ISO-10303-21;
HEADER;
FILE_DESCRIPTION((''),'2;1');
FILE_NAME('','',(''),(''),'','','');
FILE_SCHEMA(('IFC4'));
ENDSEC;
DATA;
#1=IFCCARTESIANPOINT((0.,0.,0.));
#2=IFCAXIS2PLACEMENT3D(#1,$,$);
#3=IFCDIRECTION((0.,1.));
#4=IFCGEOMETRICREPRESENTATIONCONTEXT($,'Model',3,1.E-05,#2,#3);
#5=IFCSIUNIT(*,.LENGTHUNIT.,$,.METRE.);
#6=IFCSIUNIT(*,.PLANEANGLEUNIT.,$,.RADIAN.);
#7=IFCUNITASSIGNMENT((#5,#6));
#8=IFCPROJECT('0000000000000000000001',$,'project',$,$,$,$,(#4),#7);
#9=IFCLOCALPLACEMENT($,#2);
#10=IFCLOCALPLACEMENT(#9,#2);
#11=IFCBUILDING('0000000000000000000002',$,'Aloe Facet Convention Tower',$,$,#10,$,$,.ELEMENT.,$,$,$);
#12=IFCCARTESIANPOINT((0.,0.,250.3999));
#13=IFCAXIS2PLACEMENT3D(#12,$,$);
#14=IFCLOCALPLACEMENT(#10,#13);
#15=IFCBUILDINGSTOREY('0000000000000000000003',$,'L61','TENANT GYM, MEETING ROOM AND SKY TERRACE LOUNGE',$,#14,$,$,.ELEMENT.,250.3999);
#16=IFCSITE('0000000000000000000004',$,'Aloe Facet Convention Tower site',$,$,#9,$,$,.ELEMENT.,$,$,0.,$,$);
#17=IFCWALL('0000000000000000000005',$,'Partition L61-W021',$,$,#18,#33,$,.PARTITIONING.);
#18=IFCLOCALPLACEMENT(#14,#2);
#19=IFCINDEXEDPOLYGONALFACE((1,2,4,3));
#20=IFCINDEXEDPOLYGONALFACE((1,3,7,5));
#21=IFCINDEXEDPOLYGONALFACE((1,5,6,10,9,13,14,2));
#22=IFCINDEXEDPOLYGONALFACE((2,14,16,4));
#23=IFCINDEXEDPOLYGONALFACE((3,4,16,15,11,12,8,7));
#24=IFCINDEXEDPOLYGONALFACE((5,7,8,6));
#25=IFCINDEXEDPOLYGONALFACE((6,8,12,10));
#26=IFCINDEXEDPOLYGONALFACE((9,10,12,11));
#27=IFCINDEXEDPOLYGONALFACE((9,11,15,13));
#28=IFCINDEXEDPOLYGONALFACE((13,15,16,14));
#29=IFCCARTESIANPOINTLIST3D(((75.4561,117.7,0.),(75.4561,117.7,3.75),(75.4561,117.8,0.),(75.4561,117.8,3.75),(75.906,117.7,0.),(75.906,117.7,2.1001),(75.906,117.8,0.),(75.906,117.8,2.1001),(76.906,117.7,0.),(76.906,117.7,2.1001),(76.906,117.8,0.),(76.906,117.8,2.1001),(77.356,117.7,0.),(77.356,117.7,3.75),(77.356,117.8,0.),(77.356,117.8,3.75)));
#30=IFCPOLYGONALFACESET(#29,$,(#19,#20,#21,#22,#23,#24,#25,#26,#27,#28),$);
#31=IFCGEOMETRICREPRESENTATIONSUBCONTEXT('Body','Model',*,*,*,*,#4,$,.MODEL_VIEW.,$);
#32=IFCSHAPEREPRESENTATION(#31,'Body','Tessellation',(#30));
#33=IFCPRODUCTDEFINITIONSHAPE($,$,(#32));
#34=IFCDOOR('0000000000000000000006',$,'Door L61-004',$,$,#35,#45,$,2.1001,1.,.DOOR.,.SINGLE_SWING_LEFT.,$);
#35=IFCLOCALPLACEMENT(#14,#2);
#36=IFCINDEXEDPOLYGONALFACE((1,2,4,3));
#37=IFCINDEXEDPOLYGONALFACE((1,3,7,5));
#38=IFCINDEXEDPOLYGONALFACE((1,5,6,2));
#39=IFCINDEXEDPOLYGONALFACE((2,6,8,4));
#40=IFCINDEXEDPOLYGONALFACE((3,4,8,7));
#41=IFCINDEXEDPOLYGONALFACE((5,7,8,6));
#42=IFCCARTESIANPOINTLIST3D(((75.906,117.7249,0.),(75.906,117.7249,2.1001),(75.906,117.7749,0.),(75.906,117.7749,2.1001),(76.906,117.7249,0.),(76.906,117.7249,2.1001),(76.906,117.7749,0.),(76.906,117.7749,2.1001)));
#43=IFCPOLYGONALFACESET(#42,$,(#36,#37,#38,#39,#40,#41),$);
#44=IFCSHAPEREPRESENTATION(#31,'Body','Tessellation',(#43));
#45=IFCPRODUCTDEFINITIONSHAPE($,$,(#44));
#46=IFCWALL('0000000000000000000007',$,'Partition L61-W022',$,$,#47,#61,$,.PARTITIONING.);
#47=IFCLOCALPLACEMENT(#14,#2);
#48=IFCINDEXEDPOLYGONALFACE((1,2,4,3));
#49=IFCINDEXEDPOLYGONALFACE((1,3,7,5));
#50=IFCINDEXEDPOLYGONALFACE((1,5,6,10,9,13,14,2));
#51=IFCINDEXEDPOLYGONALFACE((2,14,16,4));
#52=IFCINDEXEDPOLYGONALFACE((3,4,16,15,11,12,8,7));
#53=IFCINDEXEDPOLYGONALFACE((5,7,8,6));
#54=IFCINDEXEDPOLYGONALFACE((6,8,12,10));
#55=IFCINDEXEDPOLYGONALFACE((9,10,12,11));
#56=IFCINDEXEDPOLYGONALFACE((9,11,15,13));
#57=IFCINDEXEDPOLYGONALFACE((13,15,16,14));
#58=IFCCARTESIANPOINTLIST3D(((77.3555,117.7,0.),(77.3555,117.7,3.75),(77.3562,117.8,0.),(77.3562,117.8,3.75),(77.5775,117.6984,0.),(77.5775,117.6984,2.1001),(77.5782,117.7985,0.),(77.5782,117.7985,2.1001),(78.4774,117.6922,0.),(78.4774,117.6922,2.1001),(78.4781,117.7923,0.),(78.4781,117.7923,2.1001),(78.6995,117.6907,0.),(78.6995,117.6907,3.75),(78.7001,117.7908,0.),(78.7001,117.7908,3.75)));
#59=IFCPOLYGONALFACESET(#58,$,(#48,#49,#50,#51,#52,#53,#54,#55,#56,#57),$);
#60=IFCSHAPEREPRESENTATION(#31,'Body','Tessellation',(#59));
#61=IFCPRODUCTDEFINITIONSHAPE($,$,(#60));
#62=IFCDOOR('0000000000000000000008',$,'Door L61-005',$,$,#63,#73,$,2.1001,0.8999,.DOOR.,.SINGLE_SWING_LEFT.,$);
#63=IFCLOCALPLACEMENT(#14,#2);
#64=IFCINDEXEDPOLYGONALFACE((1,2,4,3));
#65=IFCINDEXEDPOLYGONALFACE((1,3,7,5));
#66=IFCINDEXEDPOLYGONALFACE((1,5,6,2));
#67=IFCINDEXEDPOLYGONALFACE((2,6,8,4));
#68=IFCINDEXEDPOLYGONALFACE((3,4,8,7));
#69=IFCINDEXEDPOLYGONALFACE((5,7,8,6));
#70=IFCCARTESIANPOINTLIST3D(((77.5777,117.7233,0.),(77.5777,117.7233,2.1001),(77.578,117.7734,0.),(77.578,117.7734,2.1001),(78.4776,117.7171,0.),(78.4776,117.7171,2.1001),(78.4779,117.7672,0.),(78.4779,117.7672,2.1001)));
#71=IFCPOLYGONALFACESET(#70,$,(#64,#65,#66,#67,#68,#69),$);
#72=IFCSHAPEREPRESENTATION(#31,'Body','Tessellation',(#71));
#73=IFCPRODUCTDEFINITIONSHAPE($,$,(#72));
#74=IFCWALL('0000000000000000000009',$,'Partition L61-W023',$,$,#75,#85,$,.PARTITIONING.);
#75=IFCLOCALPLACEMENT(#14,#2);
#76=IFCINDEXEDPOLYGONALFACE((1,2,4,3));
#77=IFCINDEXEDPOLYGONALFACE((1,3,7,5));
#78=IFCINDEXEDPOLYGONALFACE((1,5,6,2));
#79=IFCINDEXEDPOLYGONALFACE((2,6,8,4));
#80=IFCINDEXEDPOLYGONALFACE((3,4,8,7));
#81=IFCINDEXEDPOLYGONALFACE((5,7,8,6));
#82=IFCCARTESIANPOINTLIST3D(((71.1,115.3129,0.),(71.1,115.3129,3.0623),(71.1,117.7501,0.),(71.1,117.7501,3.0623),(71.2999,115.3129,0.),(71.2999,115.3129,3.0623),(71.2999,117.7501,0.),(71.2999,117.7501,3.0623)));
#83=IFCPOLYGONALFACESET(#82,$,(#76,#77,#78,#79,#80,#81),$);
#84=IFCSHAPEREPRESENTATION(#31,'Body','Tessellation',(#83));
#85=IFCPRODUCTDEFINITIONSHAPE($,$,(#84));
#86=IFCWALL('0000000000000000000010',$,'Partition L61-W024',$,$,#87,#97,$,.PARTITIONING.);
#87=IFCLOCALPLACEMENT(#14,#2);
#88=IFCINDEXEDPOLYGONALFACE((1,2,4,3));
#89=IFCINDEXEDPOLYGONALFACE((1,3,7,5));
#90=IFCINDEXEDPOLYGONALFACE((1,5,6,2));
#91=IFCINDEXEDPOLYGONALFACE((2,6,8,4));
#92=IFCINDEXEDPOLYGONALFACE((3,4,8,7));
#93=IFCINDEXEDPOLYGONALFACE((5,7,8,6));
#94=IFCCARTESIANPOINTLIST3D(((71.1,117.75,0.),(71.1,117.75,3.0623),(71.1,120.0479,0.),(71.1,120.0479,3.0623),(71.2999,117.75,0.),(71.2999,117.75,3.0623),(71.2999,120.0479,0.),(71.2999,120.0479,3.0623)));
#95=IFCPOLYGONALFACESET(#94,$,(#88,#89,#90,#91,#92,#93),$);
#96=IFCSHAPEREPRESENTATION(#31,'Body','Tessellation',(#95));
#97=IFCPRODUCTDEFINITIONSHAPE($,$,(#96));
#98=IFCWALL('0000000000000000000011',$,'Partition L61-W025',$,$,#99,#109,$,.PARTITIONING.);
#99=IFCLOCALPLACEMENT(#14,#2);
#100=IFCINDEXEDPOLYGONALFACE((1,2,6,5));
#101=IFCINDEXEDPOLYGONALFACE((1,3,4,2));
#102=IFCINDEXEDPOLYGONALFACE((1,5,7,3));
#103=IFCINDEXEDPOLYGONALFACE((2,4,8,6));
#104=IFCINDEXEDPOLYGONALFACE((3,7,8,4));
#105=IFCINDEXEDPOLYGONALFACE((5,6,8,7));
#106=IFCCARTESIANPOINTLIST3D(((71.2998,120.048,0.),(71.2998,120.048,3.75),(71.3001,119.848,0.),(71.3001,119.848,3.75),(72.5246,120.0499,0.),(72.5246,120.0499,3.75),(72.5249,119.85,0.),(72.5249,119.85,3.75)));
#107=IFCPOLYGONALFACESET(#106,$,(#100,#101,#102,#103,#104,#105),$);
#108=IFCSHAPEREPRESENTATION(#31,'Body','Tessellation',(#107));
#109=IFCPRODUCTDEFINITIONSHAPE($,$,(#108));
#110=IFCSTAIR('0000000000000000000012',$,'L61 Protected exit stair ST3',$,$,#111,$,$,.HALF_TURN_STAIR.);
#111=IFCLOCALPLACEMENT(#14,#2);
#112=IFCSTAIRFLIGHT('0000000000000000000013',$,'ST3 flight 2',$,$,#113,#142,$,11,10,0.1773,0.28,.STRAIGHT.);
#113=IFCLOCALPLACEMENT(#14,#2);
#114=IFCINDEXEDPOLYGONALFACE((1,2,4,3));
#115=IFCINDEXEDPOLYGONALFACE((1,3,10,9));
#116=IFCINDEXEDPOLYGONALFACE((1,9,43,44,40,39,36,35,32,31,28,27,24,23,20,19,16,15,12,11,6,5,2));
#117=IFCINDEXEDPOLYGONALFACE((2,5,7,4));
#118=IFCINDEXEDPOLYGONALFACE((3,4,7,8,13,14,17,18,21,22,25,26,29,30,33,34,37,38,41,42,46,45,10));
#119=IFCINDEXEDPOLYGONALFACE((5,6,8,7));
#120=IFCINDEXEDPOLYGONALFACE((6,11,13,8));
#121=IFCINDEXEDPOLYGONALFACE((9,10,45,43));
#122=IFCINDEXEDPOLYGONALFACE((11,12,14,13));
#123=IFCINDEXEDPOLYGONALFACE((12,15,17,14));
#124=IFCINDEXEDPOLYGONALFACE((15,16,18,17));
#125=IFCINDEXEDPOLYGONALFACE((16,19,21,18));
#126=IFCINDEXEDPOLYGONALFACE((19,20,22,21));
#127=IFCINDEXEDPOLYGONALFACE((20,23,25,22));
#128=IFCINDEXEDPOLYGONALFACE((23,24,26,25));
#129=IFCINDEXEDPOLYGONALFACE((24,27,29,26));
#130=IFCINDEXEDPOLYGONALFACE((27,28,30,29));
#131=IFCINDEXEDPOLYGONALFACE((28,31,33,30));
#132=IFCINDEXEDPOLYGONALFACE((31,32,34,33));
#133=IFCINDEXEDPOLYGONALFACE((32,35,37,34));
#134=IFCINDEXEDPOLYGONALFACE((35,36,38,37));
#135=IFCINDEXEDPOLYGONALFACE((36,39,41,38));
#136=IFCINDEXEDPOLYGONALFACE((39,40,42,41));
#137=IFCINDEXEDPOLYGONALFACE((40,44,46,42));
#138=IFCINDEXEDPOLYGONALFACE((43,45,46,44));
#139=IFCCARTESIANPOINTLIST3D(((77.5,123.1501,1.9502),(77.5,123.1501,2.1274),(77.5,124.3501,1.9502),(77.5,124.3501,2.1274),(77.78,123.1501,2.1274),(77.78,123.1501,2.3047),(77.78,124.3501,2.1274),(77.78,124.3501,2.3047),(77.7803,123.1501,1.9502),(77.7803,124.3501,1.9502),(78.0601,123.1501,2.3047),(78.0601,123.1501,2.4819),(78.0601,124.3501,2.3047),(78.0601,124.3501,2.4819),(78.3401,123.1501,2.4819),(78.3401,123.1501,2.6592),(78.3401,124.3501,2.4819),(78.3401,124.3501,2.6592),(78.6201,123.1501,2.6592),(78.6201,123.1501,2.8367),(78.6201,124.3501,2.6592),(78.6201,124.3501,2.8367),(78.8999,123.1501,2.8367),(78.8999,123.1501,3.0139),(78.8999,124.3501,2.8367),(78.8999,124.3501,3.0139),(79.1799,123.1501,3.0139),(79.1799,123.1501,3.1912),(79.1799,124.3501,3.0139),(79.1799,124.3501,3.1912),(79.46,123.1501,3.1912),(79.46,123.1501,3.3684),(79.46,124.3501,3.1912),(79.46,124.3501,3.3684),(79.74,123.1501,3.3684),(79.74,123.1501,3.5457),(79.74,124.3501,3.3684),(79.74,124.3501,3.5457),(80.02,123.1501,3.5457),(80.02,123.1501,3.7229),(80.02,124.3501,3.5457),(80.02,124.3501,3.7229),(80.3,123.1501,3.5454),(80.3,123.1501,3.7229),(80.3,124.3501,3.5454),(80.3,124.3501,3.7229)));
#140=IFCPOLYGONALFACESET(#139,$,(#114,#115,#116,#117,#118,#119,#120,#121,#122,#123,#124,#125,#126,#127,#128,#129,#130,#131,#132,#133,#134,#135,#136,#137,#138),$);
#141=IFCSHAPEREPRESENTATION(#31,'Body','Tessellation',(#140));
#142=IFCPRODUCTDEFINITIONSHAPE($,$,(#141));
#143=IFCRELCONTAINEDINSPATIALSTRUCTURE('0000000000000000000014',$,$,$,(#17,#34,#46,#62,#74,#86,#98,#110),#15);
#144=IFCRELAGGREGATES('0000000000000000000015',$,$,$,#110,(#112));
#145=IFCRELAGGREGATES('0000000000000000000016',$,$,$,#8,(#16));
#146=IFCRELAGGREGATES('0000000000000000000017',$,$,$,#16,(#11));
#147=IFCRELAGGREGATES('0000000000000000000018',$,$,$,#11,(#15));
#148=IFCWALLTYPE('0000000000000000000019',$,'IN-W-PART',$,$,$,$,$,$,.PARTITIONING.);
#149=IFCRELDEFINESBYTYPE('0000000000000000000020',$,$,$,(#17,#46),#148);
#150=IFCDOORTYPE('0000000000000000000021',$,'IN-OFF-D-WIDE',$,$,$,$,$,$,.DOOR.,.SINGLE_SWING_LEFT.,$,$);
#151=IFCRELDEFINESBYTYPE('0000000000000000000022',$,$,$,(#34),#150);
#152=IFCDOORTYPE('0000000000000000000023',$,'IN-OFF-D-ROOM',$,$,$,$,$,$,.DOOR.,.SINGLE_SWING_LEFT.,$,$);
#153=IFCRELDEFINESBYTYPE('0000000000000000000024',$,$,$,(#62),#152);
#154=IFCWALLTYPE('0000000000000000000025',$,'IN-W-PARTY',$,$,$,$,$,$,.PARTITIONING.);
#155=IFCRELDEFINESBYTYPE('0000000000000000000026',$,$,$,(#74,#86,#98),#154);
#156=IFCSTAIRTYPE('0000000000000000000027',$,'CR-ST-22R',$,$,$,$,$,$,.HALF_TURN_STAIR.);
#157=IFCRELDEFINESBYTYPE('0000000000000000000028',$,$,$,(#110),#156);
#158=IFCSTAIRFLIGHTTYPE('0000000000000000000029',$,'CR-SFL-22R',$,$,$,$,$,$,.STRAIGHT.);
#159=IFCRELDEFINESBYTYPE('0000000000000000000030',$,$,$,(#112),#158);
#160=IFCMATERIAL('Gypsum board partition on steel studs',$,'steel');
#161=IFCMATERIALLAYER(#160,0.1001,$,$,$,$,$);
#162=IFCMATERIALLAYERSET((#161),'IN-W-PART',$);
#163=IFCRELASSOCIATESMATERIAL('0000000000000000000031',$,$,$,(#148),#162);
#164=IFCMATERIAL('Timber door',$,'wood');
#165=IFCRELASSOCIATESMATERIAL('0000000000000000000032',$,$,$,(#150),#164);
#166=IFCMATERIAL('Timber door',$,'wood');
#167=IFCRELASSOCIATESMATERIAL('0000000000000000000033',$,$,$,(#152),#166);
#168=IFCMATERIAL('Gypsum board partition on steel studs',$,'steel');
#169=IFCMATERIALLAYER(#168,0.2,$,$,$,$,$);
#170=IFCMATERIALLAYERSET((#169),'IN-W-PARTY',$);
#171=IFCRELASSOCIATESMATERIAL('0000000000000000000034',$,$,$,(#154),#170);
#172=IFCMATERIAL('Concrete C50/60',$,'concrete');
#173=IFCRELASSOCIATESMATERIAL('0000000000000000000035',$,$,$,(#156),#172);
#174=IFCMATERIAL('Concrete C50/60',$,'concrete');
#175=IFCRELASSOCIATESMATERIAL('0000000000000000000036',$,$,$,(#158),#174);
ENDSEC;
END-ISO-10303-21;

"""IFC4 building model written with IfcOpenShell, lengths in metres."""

from ifc_helpers import new_model, si_unit, direction, frame, frame_2d, origin, place, context, subcontext, project, spatial, polyline, rectangle, outline, extrude, material, layer, layer_set, type_object, element, fill, aggregate, save


model = new_model("IFC4")

# Units and contexts
model_context = context("Model", 3, precision=1e-05, world=origin(), true_north=direction((0.0, 1.0)))
body_context = subcontext(model_context, "Body", "Model", "MODEL_VIEW")
ifc_project = project(units=[si_unit("LENGTHUNIT", "METRE"), si_unit("PLANEANGLEUNIT", "RADIAN")], contexts=[model_context])

# Site, building, storey
site_placement = place(None, origin())
site = spatial("IfcSite", under=ifc_project, at=site_placement, Name="Aloe Facet Convention Tower site", CompositionType="ELEMENT", RefElevation=0.0)
building_placement = place(site_placement, origin())
building = spatial("IfcBuilding", under=site, at=building_placement, Name="Aloe Facet Convention Tower", CompositionType="ELEMENT")
storey_placement = place(building_placement, frame((0.0, 0.0, 250.3999)))
storey = spatial("IfcBuildingStorey", under=building, at=storey_placement, Name="L61", Description="TENANT GYM, MEETING ROOM AND SKY TERRACE LOUNGE", CompositionType="ELEMENT", Elevation=250.3999)

# Shared definitions
ifc_material_1 = material(Name="Gypsum board partition on steel studs", Category="steel")
ifc_layer_1 = layer(ifc_material_1, 0.1001)
ifc_layer_set_1 = layer_set([ifc_layer_1], Name="IN-W-PART")
wall_type_1 = type_object("IfcWallType", Name="IN-W-PART", PredefinedType="PARTITIONING", material=ifc_layer_set_1)

# Walls, openings, doors
wall_1_placement = place(storey_placement, frame((75.4561, 117.75, 0.0), z_axis=(0.0, 0.0, 1.0), x_axis=(1.0, 0.0, 0.0)))
wall_1 = element("IfcWall", 1, at=wall_1_placement, inside=storey, type_object=wall_type_1, Name="Partition L61-W021", PredefinedType="PARTITIONING", context=body_context, shape_type="SweptSolid", body=[
    extrude(rectangle(XDim=1.8999, YDim=0.1001, at=frame_2d((0.95, 0.0))), origin(), (0.0, 0.0, 1.0), 3.75),
])
opening_1_placement = place(wall_1_placement, frame((0.45, 0.0, 0.0)))
opening_1 = element("IfcOpeningElement", 2, at=opening_1_placement, cuts=wall_1, PredefinedType="OPENING", context=body_context, shape_type="SweptSolid", body=[
    extrude(rectangle(XDim=1.0, YDim=2.1001, at=frame_2d((0.5, 1.05))), frame((0.0, 0.0601, 0.0), z_axis=(0.0, -1.0, 0.0), x_axis=(1.0, 0.0, 0.0)), (0.0, 0.0, 1.0), 0.1201),
])
ifc_material_2 = material(Name="Timber door", Category="wood")
door_type_1 = type_object("IfcDoorType", Name="IN-OFF-D-WIDE", OperationType="SINGLE_SWING_LEFT", PredefinedType="DOOR", material=ifc_material_2)
door_1_placement = place(opening_1_placement, origin())
door_1 = element("IfcDoor", 3, at=door_1_placement, inside=storey, type_object=door_type_1, Name="Door L61-004", OperationType="SINGLE_SWING_LEFT", OverallHeight=2.1001, OverallWidth=1.0, PredefinedType="DOOR", context=body_context, shape_type="SweptSolid", body=[
    extrude(rectangle(XDim=1.0, YDim=2.1001, at=frame_2d((0.5, 1.05))), frame((0.0, 0.0249, 0.0), z_axis=(0.0, -1.0, 0.0), x_axis=(1.0, 0.0, 0.0)), (0.0, 0.0, 1.0), 0.05),
])
fill(opening_1, door_1)
wall_2_placement = place(storey_placement, frame((77.356, 117.75, 0.0), z_axis=(0.0, 0.0, 1.0), x_axis=(0.999976, -0.006903, 0.0)))
wall_2 = element("IfcWall", 4, at=wall_2_placement, inside=storey, type_object=wall_type_1, Name="Partition L61-W022", PredefinedType="PARTITIONING", context=body_context, shape_type="SweptSolid", body=[
    extrude(rectangle(XDim=1.344, YDim=0.1001, at=frame_2d((0.6719, 0.0))), origin(), (0.0, 0.0, 1.0), 3.75),
])
opening_2_placement = place(wall_2_placement, frame((0.2219, 0.0, 0.0)))
opening_2 = element("IfcOpeningElement", 5, at=opening_2_placement, cuts=wall_2, PredefinedType="OPENING", context=body_context, shape_type="SweptSolid", body=[
    extrude(rectangle(XDim=0.8999, YDim=2.1001, at=frame_2d((0.45, 1.05))), frame((0.0, 0.0601, 0.0), z_axis=(0.0, -1.0, 0.0), x_axis=(1.0, 0.0, 0.0)), (0.0, 0.0, 1.0), 0.1201),
])
ifc_material_3 = material(Name="Timber door", Category="wood")
door_type_2 = type_object("IfcDoorType", Name="IN-OFF-D-ROOM", OperationType="SINGLE_SWING_LEFT", PredefinedType="DOOR", material=ifc_material_3)
door_2_placement = place(opening_2_placement, origin())
door_2 = element("IfcDoor", 6, at=door_2_placement, inside=storey, type_object=door_type_2, Name="Door L61-005", OperationType="SINGLE_SWING_LEFT", OverallHeight=2.1001, OverallWidth=0.8999, PredefinedType="DOOR", context=body_context, shape_type="SweptSolid", body=[
    extrude(rectangle(XDim=0.8999, YDim=2.1001, at=frame_2d((0.45, 1.05))), frame((0.0, 0.0249, 0.0), z_axis=(0.0, -1.0, 0.0), x_axis=(1.0, 0.0, 0.0)), (0.0, 0.0, 1.0), 0.05),
])
fill(opening_2, door_2)

# Walls
ifc_material_4 = material(Name="Gypsum board partition on steel studs", Category="steel")
ifc_layer_2 = layer(ifc_material_4, 0.2)
ifc_layer_set_2 = layer_set([ifc_layer_2], Name="IN-W-PARTY")
wall_type_2 = type_object("IfcWallType", Name="IN-W-PARTY", PredefinedType="PARTITIONING", material=ifc_layer_set_2)
wall_3_placement = place(storey_placement, frame((71.2, 115.3127, 0.0), z_axis=(0.0, 0.0, 1.0), x_axis=(0.0, 1.0, 0.0)))
element("IfcWall", 7, at=wall_3_placement, inside=storey, type_object=wall_type_2, Name="Partition L61-W023", PredefinedType="PARTITIONING", context=body_context, shape_type="SweptSolid", body=[
    extrude(rectangle(XDim=2.4373, YDim=0.2, at=frame_2d((1.2188, 0.0))), origin(), (0.0, 0.0, 1.0), 3.0623),
])
wall_4_placement = place(storey_placement, frame((71.2, 117.75, 0.0), z_axis=(0.0, 0.0, 1.0), x_axis=(0.0, 1.0, 0.0)))
element("IfcWall", 8, at=wall_4_placement, inside=storey, type_object=wall_type_2, Name="Partition L61-W024", PredefinedType="PARTITIONING", context=body_context, shape_type="SweptSolid", body=[
    extrude(rectangle(XDim=2.2979, YDim=0.2, at=frame_2d((1.1489, 0.0))), origin(), (0.0, 0.0, 1.0), 3.0623),
])
wall_5_placement = place(storey_placement, frame((71.3, 119.948, 0.0), z_axis=(0.0, 0.0, 1.0), x_axis=(0.999999, 0.001595, 0.0)))
element("IfcWall", 9, at=wall_5_placement, inside=storey, type_object=wall_type_2, Name="Partition L61-W025", PredefinedType="PARTITIONING", context=body_context, shape_type="SweptSolid", body=[
    extrude(rectangle(XDim=1.2249, YDim=0.2, at=frame_2d((0.6123, 0.0))), origin(), (0.0, 0.0, 1.0), 3.75),
])

# Stair, stair flight
ifc_material_5 = material(Name="Concrete C50/60", Category="concrete")
stair_type = type_object("IfcStairType", Name="CR-ST-22R", PredefinedType="HALF_TURN_STAIR", material=ifc_material_5)
stair_placement = place(storey_placement, origin())
stair = element("IfcStair", 10, at=stair_placement, inside=storey, type_object=stair_type, Name="L61 Protected exit stair ST3", PredefinedType="HALF_TURN_STAIR")
ifc_material_6 = material(Name="Concrete C50/60", Category="concrete")
stair_flight_type = type_object("IfcStairFlightType", Name="CR-SFL-22R", PredefinedType="STRAIGHT", material=ifc_material_6)
stair_flight_placement = place(storey_placement, frame((77.5, 123.75, 1.9502), z_axis=(0.0, 0.0, 1.0), x_axis=(1.0, 0.0, 0.0)))
stair_flight = element("IfcStairFlight", 11, at=stair_flight_placement, type_object=stair_flight_type, Name="ST3 flight 2", NumberOfRisers=11, NumberOfTreads=10, PredefinedType="STRAIGHT", RiserHeight=0.1773, TreadLength=0.28, context=body_context, shape_type="SweptSolid", body=[
    extrude(outline(polyline([(0.0, 0.0), (0.0, 0.1772), (0.28, 0.1772), (0.28, 0.3545), (0.5601, 0.3545), (0.5601, 0.5317), (0.8401, 0.5317), (0.8401, 0.709), (1.1201, 0.709), (1.1201, 0.8865), (1.3999, 0.8865), (1.3999, 1.0637), (1.6799, 1.0637), (1.6799, 1.241), (1.96, 1.241), (1.96, 1.4182), (2.24, 1.4182), (2.24, 1.5955), (2.52, 1.5955), (2.52, 1.7727), (2.8, 1.7727), (2.8, 1.95), (2.8, 1.5952), (0.2803, 0.0), (0.0, 0.0)])), frame((0.0, 0.6001, 0.0), z_axis=(0.0, -1.0, 0.0), x_axis=(1.0, 0.0, 0.0)), (0.0, 0.0, 1.0), 1.2),
])
aggregate(stair, [stair_flight])

save(model, "model.ifc")
